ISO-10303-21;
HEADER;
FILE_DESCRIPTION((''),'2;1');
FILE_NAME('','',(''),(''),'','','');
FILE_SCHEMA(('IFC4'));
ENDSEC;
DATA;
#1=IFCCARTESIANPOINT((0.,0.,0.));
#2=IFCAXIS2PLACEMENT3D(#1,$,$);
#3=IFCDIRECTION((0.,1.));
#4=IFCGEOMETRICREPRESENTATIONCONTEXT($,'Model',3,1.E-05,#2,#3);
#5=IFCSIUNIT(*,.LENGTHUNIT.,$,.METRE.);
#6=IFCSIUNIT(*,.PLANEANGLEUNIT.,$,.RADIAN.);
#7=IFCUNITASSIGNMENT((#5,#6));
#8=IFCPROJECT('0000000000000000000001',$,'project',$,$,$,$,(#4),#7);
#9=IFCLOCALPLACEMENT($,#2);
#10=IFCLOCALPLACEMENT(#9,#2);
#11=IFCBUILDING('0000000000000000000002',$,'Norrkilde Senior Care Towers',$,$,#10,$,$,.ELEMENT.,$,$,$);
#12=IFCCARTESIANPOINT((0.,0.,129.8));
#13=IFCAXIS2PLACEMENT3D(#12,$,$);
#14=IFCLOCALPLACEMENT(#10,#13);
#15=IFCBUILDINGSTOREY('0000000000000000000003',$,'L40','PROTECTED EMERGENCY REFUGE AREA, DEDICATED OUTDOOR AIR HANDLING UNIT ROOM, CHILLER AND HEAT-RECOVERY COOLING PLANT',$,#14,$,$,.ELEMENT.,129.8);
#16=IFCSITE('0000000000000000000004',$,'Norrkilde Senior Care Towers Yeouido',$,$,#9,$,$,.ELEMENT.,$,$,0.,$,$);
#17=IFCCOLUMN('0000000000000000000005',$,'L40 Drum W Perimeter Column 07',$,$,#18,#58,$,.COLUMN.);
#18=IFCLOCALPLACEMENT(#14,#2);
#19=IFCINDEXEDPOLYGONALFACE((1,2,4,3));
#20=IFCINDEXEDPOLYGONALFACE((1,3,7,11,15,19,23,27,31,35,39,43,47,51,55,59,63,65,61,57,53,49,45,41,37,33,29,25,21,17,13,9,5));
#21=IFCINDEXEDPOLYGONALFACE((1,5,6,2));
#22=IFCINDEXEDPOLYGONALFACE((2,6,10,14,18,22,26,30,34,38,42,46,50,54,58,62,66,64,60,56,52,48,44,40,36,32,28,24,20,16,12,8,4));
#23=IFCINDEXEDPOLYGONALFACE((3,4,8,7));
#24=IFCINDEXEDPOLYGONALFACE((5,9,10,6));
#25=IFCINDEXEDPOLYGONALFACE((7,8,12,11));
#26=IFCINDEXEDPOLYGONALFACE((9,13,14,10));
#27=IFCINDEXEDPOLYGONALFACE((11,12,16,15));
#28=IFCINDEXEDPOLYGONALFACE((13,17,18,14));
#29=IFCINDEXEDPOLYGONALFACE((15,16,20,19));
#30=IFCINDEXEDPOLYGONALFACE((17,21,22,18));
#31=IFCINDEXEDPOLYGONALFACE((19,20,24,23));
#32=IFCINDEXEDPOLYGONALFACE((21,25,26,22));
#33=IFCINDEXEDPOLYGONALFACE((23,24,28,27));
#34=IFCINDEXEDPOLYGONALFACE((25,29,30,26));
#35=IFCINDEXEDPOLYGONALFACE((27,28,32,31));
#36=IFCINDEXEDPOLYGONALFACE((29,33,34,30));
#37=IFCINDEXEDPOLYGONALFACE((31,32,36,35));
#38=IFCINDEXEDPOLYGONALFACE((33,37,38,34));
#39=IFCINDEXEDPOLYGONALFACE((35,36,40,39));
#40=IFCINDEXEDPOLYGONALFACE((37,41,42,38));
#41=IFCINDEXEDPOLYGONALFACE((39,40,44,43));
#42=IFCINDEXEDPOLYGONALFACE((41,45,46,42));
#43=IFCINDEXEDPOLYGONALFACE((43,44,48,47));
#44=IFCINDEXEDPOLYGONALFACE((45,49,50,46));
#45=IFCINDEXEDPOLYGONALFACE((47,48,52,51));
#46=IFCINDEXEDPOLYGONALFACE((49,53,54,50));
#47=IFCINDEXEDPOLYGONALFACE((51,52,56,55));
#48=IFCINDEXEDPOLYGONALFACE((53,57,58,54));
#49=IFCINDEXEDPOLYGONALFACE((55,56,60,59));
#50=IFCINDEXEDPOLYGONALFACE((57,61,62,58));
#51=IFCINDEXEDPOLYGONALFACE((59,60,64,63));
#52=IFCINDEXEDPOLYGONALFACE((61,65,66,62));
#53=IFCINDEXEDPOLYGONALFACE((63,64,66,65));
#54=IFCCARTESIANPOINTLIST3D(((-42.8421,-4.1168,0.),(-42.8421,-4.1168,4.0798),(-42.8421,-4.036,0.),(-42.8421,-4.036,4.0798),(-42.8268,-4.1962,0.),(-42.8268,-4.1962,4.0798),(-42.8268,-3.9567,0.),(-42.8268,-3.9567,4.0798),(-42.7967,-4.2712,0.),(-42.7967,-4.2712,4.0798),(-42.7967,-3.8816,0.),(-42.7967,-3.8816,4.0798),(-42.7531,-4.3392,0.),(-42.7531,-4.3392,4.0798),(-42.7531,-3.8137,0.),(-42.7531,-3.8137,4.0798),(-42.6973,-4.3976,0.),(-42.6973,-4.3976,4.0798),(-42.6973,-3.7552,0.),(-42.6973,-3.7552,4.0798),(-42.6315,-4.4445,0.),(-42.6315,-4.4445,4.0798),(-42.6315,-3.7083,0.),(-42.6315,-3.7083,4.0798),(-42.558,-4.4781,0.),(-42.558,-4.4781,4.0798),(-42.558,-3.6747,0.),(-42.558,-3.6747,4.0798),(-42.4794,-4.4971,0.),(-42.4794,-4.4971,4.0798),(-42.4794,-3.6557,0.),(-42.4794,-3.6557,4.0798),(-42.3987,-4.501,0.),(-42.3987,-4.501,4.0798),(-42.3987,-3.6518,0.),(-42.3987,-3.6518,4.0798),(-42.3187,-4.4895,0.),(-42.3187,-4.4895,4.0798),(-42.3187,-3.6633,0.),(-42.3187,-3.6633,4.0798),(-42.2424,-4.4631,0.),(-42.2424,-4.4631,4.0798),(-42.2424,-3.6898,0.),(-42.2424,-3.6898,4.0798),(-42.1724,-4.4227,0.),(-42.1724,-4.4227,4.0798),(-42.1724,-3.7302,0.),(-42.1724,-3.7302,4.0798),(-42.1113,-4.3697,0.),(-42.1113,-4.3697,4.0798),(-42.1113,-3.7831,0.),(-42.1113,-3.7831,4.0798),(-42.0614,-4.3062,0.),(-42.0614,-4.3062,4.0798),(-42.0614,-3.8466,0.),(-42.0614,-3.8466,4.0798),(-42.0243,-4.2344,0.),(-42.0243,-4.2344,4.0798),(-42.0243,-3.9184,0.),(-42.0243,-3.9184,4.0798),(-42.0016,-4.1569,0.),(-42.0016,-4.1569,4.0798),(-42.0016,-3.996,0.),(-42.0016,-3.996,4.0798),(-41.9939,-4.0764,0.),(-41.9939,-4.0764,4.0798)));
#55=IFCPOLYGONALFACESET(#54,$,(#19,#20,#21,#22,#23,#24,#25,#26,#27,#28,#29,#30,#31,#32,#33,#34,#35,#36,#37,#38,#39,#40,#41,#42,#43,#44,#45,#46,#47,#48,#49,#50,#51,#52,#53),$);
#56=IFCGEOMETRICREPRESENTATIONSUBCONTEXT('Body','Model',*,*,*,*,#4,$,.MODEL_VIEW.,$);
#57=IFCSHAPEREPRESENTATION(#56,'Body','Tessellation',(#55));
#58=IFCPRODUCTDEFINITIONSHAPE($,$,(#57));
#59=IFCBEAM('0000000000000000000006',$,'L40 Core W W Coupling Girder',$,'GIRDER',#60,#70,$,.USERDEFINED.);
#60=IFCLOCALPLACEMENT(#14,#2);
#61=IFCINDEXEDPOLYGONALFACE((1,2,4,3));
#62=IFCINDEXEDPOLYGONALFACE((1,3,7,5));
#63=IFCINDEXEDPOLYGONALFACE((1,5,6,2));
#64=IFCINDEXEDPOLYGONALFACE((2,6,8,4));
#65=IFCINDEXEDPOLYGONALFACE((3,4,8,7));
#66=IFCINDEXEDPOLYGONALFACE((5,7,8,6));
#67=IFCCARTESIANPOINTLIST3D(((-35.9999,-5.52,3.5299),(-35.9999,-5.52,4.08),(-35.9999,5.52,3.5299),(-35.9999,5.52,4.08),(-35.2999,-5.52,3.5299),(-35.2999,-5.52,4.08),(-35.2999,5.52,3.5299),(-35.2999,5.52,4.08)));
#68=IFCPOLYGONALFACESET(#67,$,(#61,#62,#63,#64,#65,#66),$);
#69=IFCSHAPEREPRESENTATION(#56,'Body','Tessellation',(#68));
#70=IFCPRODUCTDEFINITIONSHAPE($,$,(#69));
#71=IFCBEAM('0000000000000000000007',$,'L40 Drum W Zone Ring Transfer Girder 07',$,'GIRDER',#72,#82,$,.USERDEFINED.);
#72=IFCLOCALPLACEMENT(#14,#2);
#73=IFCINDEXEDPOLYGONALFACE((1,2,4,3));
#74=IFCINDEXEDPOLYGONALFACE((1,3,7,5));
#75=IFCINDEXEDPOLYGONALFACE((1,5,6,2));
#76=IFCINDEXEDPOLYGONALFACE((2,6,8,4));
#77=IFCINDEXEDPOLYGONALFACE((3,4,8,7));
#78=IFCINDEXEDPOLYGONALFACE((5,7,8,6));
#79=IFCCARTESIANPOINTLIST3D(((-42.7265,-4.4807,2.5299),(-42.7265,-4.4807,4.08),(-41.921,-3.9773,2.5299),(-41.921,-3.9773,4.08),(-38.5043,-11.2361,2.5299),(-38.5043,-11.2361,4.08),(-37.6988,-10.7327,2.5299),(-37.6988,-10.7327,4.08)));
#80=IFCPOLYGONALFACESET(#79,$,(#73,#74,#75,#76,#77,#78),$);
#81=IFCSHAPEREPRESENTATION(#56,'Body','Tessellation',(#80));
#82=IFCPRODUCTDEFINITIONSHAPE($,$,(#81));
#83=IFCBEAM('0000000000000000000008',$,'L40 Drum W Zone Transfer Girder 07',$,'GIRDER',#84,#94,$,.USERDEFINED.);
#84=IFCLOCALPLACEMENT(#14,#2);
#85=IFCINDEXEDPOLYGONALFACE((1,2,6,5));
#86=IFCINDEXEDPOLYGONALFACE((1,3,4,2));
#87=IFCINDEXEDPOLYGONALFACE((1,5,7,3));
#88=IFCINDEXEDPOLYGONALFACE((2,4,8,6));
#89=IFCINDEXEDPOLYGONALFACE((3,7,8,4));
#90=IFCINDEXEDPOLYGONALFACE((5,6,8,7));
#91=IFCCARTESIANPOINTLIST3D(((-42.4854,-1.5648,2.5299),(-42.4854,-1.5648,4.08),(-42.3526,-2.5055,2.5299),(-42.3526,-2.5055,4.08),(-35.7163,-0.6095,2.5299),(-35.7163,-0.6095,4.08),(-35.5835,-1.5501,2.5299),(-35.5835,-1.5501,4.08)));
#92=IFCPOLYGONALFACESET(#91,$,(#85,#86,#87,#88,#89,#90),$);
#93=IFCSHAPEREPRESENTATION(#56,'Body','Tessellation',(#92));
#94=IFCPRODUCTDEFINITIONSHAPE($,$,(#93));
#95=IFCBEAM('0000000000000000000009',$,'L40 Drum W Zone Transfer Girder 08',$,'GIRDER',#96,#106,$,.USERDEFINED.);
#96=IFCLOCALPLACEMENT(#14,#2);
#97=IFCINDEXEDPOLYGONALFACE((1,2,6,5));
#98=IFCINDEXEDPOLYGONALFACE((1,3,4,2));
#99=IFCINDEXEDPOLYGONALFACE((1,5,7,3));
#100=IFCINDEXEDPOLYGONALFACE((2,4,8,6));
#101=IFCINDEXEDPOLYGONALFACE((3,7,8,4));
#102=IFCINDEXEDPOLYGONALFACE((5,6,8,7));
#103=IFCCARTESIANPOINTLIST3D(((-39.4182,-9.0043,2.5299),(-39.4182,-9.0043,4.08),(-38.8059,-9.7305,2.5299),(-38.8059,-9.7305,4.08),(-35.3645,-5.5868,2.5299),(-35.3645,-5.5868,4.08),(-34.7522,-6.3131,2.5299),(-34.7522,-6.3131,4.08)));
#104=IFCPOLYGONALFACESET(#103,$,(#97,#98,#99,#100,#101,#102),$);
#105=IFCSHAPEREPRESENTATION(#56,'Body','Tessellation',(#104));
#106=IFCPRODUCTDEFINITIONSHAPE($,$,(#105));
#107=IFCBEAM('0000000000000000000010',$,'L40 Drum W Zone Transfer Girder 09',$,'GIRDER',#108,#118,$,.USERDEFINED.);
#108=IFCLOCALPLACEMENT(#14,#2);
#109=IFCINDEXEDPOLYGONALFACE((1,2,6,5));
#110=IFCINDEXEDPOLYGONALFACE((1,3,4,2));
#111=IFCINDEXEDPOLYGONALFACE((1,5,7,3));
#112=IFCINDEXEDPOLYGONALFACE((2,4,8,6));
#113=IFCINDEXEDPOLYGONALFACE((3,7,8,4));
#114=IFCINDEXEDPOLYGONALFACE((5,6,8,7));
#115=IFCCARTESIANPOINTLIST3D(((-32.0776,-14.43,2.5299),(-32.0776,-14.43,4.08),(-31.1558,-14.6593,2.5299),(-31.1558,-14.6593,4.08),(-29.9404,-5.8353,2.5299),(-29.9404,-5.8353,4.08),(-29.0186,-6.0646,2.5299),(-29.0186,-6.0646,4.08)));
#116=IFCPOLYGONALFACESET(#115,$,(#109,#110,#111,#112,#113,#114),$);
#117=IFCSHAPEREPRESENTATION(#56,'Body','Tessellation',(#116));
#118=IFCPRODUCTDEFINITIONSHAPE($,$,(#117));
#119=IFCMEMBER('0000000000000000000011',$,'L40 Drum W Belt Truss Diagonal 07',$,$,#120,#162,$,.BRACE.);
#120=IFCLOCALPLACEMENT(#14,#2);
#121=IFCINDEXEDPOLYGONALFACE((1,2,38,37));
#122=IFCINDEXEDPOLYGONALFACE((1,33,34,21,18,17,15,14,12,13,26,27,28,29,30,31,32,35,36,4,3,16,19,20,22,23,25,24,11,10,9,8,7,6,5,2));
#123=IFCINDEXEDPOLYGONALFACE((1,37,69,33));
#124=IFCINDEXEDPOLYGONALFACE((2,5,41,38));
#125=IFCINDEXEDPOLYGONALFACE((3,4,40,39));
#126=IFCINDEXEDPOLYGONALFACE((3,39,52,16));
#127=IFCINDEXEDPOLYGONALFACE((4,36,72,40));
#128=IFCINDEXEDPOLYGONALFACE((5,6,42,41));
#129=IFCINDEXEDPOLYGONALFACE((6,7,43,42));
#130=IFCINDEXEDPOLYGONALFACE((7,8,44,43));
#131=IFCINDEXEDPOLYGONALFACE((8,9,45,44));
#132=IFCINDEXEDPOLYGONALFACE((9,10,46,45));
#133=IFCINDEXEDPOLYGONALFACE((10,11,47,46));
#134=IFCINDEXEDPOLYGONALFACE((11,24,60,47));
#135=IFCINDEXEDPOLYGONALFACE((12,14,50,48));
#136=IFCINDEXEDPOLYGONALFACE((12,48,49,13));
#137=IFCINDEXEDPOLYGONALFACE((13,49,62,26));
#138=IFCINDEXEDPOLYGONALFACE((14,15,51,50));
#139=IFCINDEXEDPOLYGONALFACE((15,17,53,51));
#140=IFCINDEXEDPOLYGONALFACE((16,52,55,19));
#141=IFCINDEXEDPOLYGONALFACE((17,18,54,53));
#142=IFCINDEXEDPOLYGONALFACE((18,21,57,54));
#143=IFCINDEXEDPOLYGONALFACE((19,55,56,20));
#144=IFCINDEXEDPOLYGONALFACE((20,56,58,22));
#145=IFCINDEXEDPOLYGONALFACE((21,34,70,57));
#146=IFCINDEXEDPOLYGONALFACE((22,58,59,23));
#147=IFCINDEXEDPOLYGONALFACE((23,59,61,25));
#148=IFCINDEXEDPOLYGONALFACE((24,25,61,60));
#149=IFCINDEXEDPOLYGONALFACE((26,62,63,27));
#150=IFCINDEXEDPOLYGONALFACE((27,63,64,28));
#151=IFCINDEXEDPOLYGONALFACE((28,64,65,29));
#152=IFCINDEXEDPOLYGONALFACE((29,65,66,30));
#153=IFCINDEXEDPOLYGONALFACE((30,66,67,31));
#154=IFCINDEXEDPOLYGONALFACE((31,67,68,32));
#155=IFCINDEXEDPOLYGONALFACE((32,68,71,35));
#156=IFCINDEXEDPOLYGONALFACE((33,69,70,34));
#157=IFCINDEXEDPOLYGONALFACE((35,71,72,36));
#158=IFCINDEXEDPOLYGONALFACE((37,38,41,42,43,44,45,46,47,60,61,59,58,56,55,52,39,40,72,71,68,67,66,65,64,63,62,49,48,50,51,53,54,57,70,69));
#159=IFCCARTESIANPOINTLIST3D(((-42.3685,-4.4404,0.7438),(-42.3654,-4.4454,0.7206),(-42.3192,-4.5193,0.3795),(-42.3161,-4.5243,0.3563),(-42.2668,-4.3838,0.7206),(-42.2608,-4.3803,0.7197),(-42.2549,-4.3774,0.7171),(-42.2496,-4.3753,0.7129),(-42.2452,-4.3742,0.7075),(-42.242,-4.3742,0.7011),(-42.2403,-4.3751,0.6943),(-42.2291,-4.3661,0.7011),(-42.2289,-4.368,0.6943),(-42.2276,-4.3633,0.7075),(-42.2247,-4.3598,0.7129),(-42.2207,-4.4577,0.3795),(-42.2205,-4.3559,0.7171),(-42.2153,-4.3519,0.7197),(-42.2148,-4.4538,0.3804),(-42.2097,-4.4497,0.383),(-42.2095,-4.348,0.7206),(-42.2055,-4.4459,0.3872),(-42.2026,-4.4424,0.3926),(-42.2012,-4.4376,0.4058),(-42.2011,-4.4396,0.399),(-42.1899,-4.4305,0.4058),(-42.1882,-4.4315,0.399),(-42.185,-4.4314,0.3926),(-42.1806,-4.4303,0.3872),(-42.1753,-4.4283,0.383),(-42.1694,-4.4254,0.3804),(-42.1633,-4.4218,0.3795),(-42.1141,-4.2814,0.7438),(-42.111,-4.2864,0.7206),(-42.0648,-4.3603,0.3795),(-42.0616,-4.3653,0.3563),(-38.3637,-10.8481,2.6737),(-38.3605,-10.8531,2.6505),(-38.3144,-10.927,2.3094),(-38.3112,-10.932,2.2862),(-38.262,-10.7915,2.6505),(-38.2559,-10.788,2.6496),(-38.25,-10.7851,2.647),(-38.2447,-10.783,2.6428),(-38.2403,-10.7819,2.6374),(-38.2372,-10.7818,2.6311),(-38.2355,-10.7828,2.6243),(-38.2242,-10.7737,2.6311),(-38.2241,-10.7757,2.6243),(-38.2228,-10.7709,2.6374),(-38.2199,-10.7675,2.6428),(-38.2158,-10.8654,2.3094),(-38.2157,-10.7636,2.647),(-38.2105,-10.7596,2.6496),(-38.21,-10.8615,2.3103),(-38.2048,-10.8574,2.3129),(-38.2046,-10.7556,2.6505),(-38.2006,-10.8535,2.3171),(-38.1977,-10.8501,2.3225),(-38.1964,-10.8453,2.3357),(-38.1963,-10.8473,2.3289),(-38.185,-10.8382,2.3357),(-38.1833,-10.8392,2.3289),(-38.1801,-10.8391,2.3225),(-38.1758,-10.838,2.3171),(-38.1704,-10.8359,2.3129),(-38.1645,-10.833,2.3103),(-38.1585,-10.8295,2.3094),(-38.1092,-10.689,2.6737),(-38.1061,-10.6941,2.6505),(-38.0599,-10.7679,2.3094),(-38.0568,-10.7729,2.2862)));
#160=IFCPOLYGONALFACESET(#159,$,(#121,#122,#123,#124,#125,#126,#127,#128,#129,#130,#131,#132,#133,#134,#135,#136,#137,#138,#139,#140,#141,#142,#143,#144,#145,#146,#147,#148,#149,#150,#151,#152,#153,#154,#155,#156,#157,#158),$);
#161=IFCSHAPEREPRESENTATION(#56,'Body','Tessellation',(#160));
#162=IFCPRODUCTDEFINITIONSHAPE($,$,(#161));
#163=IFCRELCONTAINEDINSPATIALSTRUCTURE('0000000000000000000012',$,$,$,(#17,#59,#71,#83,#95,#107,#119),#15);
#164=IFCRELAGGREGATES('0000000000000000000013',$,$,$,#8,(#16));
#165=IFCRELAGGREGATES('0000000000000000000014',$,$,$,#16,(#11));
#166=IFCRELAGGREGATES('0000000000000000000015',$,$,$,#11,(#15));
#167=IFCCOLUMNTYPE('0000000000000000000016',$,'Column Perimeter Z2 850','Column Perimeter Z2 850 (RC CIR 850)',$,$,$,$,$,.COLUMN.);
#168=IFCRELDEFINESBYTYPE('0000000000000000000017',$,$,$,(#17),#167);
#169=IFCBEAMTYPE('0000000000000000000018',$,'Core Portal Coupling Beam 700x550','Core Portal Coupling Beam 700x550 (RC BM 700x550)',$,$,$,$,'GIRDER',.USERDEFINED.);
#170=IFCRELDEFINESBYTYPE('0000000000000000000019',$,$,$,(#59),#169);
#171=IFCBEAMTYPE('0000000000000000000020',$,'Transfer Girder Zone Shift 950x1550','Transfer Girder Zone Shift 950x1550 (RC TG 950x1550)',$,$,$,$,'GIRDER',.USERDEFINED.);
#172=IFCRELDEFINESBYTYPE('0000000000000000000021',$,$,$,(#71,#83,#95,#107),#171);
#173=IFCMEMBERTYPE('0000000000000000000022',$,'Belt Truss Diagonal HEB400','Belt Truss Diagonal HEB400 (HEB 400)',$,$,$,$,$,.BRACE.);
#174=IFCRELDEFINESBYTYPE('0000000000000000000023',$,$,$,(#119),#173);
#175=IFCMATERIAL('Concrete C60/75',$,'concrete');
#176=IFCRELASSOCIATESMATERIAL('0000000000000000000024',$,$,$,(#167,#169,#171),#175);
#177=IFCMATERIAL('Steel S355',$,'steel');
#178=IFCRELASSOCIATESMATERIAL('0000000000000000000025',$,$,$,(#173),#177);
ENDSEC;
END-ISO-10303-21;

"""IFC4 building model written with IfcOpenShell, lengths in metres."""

from ifc_helpers import new_model, si_unit, direction, frame, origin, origin_2d, place, context, subcontext, project, spatial, rectangle, circle, i_section, extrude, source, transform, mapped, material, material_profile, profile_set, type_object, type_shapes, element, save


model = new_model("IFC4")

# Units and contexts
model_context = context("Model", 3, precision=1e-05, world=origin(), true_north=direction((0.0, 1.0)))
body_context = subcontext(model_context, "Body", "Model", "MODEL_VIEW")
ifc_project = project(units=[si_unit("LENGTHUNIT", "METRE"), si_unit("PLANEANGLEUNIT", "RADIAN")], contexts=[model_context])

# Site, building, storey
site_placement = place(None, origin())
site = spatial("IfcSite", under=ifc_project, at=site_placement, Name="Norrkilde Senior Care Towers Yeouido", CompositionType="ELEMENT", RefElevation=0.0)
building_placement = place(site_placement, origin())
building = spatial("IfcBuilding", under=site, at=building_placement, Name="Norrkilde Senior Care Towers", CompositionType="ELEMENT")
storey_placement = place(building_placement, frame((0.0, 0.0, 129.8)))
storey = spatial("IfcBuildingStorey", under=building, at=storey_placement, Name="L40", Description="PROTECTED EMERGENCY REFUGE AREA, DEDICATED OUTDOOR AIR HANDLING UNIT ROOM, CHILLER AND HEAT-RECOVERY COOLING PLANT", CompositionType="ELEMENT", Elevation=129.8)

# Column
ifc_material_1 = material(Name="Concrete C60/75", Category="concrete")
ifc_material_profile_1 = material_profile(ifc_material_1, circle(Radius=0.425, at=origin_2d()), Name="RC CIR 850")
ifc_profile_set_1 = profile_set([ifc_material_profile_1], Name="Concrete C60/75")
column_type = type_object("IfcColumnType", Name="Column Perimeter Z2 850", Description="Column Perimeter Z2 850 (RC CIR 850)", PredefinedType="COLUMN", material=ifc_profile_set_1)
shared_shape_1 = source(origin(), body_context, "Body", "SweptSolid", [
    extrude(circle(Radius=0.425, at=origin_2d()), origin(), (0.0, 0.0, 1.0), 4.0798),
])
type_shapes(column_type, [shared_shape_1])
column_placement = place(storey_placement, frame((-42.4189, -4.0764, 0.0), z_axis=(0.0, 0.0, 1.0), x_axis=(1.0, 0.0, 0.0)))
element("IfcColumn", 1, at=column_placement, inside=storey, type_object=column_type, Name="L40 Drum W Perimeter Column 07", PredefinedType="COLUMN", context=body_context, shape_type="MappedRepresentation", body=[
    mapped(shared_shape_1, transform((0.0, 0.0, 0.0), x_axis=(1.0, 0.0, 0.0), y_axis=(0.0, 1.0, 0.0), z_axis=(0.0, 0.0, 1.0), scale=1.0)),
])

# Beams
ifc_material_profile_2 = material_profile(ifc_material_1, rectangle(XDim=0.7, YDim=0.55, at=origin_2d()), Name="RC BM 700x550")
ifc_profile_set_2 = profile_set([ifc_material_profile_2], Name="Concrete C60/75")
beam_type_1 = type_object("IfcBeamType", Name="Core Portal Coupling Beam 700x550", Description="Core Portal Coupling Beam 700x550 (RC BM 700x550)", ElementType="GIRDER", PredefinedType="USERDEFINED", material=ifc_profile_set_2)
shared_shape_2 = source(origin(), body_context, "Body", "SweptSolid", [
    extrude(rectangle(XDim=0.7, YDim=0.55, at=origin_2d()), origin(), (0.0, 0.0, 1.0), 11.04),
])
type_shapes(beam_type_1, [shared_shape_2])
beam_1_placement = place(storey_placement, frame((-35.6499, -5.52, 3.8049), z_axis=(0.0, 1.0, 0.0), x_axis=(-1.0, 0.0, 0.0)))
element("IfcBeam", 2, at=beam_1_placement, inside=storey, type_object=beam_type_1, Name="L40 Core W W Coupling Girder", ObjectType="GIRDER", PredefinedType="USERDEFINED", context=body_context, shape_type="MappedRepresentation", body=[
    mapped(shared_shape_2, transform((0.0, 0.0, 0.0), x_axis=(1.0, 0.0, 0.0), y_axis=(0.0, 1.0, 0.0), z_axis=(0.0, 0.0, 1.0), scale=1.0)),
])
ifc_material_profile_3 = material_profile(ifc_material_1, rectangle(XDim=0.95, YDim=1.55, at=origin_2d()), Name="RC TG 950x1550")
ifc_profile_set_3 = profile_set([ifc_material_profile_3], Name="Concrete C60/75")
beam_type_2 = type_object("IfcBeamType", Name="Transfer Girder Zone Shift 950x1550", Description="Transfer Girder Zone Shift 950x1550 (RC TG 950x1550)", ElementType="GIRDER", PredefinedType="USERDEFINED", material=ifc_profile_set_3)
shared_shape_3 = source(origin(), body_context, "Body", "SweptSolid", [
    extrude(rectangle(XDim=0.95, YDim=1.55, at=origin_2d()), origin(), (0.0, 0.0, 1.0), 7.9663),
])
beam_2_placement = place(storey_placement, frame((-42.3237, -4.229, 3.3049), z_axis=(0.530004, -0.847995, 0.0), x_axis=(0.847995, 0.530004, 0.0)))
element("IfcBeam", 3, at=beam_2_placement, inside=storey, type_object=beam_type_2, Name="L40 Drum W Zone Ring Transfer Girder 07", ObjectType="GIRDER", PredefinedType="USERDEFINED", context=body_context, shape_type="MappedRepresentation", body=[
    mapped(shared_shape_3, transform((0.0, 0.0, 0.0), x_axis=(1.0, 0.0, 0.0), y_axis=(0.0, 1.0, 0.0), z_axis=(0.0, 0.0, 1.0), scale=1.0)),
])
shared_shape_4 = source(origin(), body_context, "Body", "SweptSolid", [
    extrude(rectangle(XDim=0.95, YDim=1.55, at=origin_2d()), origin(), (0.0, 0.0, 1.0), 6.8362),
])
beam_3_placement = place(storey_placement, frame((-35.6499, -1.0798, 3.3049), z_axis=(-0.990187, -0.139746, 0.0), x_axis=(0.139746, -0.990187, 0.0)))
element("IfcBeam", 4, at=beam_3_placement, inside=storey, type_object=beam_type_2, Name="L40 Drum W Zone Transfer Girder 07", ObjectType="GIRDER", PredefinedType="USERDEFINED", context=body_context, shape_type="MappedRepresentation", body=[
    mapped(shared_shape_4, transform((0.0, 0.0, 0.0), x_axis=(1.0, 0.0, 0.0), y_axis=(0.0, 1.0, 0.0), z_axis=(0.0, 0.0, 1.0), scale=1.0)),
])
shared_shape_5 = source(origin(), body_context, "Body", "SweptSolid", [
    extrude(rectangle(XDim=0.95, YDim=1.55, at=origin_2d()), origin(), (0.0, 0.0, 1.0), 5.302),
])
beam_4_placement = place(storey_placement, frame((-35.0583, -5.95, 3.3049), z_axis=(-0.764555, -0.644558, 0.0), x_axis=(0.644558, -0.764555, 0.0)))
element("IfcBeam", 5, at=beam_4_placement, inside=storey, type_object=beam_type_2, Name="L40 Drum W Zone Transfer Girder 08", ObjectType="GIRDER", PredefinedType="USERDEFINED", context=body_context, shape_type="MappedRepresentation", body=[
    mapped(shared_shape_5, transform((0.0, 0.0, 0.0), x_axis=(1.0, 0.0, 0.0), y_axis=(0.0, 1.0, 0.0), z_axis=(0.0, 0.0, 1.0), scale=1.0)),
])
shared_shape_6 = source(origin(), body_context, "Body", "SweptSolid", [
    extrude(rectangle(XDim=0.95, YDim=1.55, at=origin_2d()), origin(), (0.0, 0.0, 1.0), 8.8564),
])
type_shapes(beam_type_2, [shared_shape_3, shared_shape_4, shared_shape_5, shared_shape_6])
beam_5_placement = place(storey_placement, frame((-29.4795, -5.95, 3.3049), z_axis=(-0.241316, -0.970447, 0.0), x_axis=(0.970447, -0.241316, 0.0)))
element("IfcBeam", 6, at=beam_5_placement, inside=storey, type_object=beam_type_2, Name="L40 Drum W Zone Transfer Girder 09", ObjectType="GIRDER", PredefinedType="USERDEFINED", context=body_context, shape_type="MappedRepresentation", body=[
    mapped(shared_shape_6, transform((0.0, 0.0, 0.0), x_axis=(1.0, 0.0, 0.0), y_axis=(0.0, 1.0, 0.0), z_axis=(0.0, 0.0, 1.0), scale=1.0)),
])

# Member
ifc_material_2 = material(Name="Steel S355", Category="steel")
ifc_material_profile_4 = material_profile(ifc_material_2, i_section(OverallWidth=0.3, OverallDepth=0.3999, WebThickness=0.0134, FlangeThickness=0.0239, FilletRadius=0.0271, at=origin_2d()), Name="HEB 400")
ifc_profile_set_4 = profile_set([ifc_material_profile_4], Name="Steel S355")
member_type_1 = type_object("IfcMemberType", Name="Belt Truss Diagonal HEB400", Description="Belt Truss Diagonal HEB400 (HEB 400)", PredefinedType="BRACE", material=ifc_profile_set_4)
shared_shape_7 = source(origin(), body_context, "Body", "SweptSolid", [
    extrude(i_section(OverallWidth=0.3, OverallDepth=0.3999, WebThickness=0.0134, FlangeThickness=0.0239, FilletRadius=0.0271, at=origin_2d()), origin(), (0.0, 0.0, 1.0), 7.7988),
])
type_shapes(member_type_1, [shared_shape_7])
member_1_placement = place(storey_placement, frame((-42.2151, -4.4028, 0.55), z_axis=(0.51352, -0.82162, 0.247463), x_axis=(0.847995, 0.530005, 0.0)))
element("IfcMember", 7, at=member_1_placement, inside=storey, type_object=member_type_1, Name="L40 Drum W Belt Truss Diagonal 07", PredefinedType="BRACE", context=body_context, shape_type="MappedRepresentation", body=[
    mapped(shared_shape_7, transform((0.0, 0.0, 0.0), x_axis=(1.0, 0.0, 0.0), y_axis=(0.0, 1.0, 0.0), z_axis=(0.0, 0.0, 1.0), scale=1.0)),
])

save(model, "model.ifc")
